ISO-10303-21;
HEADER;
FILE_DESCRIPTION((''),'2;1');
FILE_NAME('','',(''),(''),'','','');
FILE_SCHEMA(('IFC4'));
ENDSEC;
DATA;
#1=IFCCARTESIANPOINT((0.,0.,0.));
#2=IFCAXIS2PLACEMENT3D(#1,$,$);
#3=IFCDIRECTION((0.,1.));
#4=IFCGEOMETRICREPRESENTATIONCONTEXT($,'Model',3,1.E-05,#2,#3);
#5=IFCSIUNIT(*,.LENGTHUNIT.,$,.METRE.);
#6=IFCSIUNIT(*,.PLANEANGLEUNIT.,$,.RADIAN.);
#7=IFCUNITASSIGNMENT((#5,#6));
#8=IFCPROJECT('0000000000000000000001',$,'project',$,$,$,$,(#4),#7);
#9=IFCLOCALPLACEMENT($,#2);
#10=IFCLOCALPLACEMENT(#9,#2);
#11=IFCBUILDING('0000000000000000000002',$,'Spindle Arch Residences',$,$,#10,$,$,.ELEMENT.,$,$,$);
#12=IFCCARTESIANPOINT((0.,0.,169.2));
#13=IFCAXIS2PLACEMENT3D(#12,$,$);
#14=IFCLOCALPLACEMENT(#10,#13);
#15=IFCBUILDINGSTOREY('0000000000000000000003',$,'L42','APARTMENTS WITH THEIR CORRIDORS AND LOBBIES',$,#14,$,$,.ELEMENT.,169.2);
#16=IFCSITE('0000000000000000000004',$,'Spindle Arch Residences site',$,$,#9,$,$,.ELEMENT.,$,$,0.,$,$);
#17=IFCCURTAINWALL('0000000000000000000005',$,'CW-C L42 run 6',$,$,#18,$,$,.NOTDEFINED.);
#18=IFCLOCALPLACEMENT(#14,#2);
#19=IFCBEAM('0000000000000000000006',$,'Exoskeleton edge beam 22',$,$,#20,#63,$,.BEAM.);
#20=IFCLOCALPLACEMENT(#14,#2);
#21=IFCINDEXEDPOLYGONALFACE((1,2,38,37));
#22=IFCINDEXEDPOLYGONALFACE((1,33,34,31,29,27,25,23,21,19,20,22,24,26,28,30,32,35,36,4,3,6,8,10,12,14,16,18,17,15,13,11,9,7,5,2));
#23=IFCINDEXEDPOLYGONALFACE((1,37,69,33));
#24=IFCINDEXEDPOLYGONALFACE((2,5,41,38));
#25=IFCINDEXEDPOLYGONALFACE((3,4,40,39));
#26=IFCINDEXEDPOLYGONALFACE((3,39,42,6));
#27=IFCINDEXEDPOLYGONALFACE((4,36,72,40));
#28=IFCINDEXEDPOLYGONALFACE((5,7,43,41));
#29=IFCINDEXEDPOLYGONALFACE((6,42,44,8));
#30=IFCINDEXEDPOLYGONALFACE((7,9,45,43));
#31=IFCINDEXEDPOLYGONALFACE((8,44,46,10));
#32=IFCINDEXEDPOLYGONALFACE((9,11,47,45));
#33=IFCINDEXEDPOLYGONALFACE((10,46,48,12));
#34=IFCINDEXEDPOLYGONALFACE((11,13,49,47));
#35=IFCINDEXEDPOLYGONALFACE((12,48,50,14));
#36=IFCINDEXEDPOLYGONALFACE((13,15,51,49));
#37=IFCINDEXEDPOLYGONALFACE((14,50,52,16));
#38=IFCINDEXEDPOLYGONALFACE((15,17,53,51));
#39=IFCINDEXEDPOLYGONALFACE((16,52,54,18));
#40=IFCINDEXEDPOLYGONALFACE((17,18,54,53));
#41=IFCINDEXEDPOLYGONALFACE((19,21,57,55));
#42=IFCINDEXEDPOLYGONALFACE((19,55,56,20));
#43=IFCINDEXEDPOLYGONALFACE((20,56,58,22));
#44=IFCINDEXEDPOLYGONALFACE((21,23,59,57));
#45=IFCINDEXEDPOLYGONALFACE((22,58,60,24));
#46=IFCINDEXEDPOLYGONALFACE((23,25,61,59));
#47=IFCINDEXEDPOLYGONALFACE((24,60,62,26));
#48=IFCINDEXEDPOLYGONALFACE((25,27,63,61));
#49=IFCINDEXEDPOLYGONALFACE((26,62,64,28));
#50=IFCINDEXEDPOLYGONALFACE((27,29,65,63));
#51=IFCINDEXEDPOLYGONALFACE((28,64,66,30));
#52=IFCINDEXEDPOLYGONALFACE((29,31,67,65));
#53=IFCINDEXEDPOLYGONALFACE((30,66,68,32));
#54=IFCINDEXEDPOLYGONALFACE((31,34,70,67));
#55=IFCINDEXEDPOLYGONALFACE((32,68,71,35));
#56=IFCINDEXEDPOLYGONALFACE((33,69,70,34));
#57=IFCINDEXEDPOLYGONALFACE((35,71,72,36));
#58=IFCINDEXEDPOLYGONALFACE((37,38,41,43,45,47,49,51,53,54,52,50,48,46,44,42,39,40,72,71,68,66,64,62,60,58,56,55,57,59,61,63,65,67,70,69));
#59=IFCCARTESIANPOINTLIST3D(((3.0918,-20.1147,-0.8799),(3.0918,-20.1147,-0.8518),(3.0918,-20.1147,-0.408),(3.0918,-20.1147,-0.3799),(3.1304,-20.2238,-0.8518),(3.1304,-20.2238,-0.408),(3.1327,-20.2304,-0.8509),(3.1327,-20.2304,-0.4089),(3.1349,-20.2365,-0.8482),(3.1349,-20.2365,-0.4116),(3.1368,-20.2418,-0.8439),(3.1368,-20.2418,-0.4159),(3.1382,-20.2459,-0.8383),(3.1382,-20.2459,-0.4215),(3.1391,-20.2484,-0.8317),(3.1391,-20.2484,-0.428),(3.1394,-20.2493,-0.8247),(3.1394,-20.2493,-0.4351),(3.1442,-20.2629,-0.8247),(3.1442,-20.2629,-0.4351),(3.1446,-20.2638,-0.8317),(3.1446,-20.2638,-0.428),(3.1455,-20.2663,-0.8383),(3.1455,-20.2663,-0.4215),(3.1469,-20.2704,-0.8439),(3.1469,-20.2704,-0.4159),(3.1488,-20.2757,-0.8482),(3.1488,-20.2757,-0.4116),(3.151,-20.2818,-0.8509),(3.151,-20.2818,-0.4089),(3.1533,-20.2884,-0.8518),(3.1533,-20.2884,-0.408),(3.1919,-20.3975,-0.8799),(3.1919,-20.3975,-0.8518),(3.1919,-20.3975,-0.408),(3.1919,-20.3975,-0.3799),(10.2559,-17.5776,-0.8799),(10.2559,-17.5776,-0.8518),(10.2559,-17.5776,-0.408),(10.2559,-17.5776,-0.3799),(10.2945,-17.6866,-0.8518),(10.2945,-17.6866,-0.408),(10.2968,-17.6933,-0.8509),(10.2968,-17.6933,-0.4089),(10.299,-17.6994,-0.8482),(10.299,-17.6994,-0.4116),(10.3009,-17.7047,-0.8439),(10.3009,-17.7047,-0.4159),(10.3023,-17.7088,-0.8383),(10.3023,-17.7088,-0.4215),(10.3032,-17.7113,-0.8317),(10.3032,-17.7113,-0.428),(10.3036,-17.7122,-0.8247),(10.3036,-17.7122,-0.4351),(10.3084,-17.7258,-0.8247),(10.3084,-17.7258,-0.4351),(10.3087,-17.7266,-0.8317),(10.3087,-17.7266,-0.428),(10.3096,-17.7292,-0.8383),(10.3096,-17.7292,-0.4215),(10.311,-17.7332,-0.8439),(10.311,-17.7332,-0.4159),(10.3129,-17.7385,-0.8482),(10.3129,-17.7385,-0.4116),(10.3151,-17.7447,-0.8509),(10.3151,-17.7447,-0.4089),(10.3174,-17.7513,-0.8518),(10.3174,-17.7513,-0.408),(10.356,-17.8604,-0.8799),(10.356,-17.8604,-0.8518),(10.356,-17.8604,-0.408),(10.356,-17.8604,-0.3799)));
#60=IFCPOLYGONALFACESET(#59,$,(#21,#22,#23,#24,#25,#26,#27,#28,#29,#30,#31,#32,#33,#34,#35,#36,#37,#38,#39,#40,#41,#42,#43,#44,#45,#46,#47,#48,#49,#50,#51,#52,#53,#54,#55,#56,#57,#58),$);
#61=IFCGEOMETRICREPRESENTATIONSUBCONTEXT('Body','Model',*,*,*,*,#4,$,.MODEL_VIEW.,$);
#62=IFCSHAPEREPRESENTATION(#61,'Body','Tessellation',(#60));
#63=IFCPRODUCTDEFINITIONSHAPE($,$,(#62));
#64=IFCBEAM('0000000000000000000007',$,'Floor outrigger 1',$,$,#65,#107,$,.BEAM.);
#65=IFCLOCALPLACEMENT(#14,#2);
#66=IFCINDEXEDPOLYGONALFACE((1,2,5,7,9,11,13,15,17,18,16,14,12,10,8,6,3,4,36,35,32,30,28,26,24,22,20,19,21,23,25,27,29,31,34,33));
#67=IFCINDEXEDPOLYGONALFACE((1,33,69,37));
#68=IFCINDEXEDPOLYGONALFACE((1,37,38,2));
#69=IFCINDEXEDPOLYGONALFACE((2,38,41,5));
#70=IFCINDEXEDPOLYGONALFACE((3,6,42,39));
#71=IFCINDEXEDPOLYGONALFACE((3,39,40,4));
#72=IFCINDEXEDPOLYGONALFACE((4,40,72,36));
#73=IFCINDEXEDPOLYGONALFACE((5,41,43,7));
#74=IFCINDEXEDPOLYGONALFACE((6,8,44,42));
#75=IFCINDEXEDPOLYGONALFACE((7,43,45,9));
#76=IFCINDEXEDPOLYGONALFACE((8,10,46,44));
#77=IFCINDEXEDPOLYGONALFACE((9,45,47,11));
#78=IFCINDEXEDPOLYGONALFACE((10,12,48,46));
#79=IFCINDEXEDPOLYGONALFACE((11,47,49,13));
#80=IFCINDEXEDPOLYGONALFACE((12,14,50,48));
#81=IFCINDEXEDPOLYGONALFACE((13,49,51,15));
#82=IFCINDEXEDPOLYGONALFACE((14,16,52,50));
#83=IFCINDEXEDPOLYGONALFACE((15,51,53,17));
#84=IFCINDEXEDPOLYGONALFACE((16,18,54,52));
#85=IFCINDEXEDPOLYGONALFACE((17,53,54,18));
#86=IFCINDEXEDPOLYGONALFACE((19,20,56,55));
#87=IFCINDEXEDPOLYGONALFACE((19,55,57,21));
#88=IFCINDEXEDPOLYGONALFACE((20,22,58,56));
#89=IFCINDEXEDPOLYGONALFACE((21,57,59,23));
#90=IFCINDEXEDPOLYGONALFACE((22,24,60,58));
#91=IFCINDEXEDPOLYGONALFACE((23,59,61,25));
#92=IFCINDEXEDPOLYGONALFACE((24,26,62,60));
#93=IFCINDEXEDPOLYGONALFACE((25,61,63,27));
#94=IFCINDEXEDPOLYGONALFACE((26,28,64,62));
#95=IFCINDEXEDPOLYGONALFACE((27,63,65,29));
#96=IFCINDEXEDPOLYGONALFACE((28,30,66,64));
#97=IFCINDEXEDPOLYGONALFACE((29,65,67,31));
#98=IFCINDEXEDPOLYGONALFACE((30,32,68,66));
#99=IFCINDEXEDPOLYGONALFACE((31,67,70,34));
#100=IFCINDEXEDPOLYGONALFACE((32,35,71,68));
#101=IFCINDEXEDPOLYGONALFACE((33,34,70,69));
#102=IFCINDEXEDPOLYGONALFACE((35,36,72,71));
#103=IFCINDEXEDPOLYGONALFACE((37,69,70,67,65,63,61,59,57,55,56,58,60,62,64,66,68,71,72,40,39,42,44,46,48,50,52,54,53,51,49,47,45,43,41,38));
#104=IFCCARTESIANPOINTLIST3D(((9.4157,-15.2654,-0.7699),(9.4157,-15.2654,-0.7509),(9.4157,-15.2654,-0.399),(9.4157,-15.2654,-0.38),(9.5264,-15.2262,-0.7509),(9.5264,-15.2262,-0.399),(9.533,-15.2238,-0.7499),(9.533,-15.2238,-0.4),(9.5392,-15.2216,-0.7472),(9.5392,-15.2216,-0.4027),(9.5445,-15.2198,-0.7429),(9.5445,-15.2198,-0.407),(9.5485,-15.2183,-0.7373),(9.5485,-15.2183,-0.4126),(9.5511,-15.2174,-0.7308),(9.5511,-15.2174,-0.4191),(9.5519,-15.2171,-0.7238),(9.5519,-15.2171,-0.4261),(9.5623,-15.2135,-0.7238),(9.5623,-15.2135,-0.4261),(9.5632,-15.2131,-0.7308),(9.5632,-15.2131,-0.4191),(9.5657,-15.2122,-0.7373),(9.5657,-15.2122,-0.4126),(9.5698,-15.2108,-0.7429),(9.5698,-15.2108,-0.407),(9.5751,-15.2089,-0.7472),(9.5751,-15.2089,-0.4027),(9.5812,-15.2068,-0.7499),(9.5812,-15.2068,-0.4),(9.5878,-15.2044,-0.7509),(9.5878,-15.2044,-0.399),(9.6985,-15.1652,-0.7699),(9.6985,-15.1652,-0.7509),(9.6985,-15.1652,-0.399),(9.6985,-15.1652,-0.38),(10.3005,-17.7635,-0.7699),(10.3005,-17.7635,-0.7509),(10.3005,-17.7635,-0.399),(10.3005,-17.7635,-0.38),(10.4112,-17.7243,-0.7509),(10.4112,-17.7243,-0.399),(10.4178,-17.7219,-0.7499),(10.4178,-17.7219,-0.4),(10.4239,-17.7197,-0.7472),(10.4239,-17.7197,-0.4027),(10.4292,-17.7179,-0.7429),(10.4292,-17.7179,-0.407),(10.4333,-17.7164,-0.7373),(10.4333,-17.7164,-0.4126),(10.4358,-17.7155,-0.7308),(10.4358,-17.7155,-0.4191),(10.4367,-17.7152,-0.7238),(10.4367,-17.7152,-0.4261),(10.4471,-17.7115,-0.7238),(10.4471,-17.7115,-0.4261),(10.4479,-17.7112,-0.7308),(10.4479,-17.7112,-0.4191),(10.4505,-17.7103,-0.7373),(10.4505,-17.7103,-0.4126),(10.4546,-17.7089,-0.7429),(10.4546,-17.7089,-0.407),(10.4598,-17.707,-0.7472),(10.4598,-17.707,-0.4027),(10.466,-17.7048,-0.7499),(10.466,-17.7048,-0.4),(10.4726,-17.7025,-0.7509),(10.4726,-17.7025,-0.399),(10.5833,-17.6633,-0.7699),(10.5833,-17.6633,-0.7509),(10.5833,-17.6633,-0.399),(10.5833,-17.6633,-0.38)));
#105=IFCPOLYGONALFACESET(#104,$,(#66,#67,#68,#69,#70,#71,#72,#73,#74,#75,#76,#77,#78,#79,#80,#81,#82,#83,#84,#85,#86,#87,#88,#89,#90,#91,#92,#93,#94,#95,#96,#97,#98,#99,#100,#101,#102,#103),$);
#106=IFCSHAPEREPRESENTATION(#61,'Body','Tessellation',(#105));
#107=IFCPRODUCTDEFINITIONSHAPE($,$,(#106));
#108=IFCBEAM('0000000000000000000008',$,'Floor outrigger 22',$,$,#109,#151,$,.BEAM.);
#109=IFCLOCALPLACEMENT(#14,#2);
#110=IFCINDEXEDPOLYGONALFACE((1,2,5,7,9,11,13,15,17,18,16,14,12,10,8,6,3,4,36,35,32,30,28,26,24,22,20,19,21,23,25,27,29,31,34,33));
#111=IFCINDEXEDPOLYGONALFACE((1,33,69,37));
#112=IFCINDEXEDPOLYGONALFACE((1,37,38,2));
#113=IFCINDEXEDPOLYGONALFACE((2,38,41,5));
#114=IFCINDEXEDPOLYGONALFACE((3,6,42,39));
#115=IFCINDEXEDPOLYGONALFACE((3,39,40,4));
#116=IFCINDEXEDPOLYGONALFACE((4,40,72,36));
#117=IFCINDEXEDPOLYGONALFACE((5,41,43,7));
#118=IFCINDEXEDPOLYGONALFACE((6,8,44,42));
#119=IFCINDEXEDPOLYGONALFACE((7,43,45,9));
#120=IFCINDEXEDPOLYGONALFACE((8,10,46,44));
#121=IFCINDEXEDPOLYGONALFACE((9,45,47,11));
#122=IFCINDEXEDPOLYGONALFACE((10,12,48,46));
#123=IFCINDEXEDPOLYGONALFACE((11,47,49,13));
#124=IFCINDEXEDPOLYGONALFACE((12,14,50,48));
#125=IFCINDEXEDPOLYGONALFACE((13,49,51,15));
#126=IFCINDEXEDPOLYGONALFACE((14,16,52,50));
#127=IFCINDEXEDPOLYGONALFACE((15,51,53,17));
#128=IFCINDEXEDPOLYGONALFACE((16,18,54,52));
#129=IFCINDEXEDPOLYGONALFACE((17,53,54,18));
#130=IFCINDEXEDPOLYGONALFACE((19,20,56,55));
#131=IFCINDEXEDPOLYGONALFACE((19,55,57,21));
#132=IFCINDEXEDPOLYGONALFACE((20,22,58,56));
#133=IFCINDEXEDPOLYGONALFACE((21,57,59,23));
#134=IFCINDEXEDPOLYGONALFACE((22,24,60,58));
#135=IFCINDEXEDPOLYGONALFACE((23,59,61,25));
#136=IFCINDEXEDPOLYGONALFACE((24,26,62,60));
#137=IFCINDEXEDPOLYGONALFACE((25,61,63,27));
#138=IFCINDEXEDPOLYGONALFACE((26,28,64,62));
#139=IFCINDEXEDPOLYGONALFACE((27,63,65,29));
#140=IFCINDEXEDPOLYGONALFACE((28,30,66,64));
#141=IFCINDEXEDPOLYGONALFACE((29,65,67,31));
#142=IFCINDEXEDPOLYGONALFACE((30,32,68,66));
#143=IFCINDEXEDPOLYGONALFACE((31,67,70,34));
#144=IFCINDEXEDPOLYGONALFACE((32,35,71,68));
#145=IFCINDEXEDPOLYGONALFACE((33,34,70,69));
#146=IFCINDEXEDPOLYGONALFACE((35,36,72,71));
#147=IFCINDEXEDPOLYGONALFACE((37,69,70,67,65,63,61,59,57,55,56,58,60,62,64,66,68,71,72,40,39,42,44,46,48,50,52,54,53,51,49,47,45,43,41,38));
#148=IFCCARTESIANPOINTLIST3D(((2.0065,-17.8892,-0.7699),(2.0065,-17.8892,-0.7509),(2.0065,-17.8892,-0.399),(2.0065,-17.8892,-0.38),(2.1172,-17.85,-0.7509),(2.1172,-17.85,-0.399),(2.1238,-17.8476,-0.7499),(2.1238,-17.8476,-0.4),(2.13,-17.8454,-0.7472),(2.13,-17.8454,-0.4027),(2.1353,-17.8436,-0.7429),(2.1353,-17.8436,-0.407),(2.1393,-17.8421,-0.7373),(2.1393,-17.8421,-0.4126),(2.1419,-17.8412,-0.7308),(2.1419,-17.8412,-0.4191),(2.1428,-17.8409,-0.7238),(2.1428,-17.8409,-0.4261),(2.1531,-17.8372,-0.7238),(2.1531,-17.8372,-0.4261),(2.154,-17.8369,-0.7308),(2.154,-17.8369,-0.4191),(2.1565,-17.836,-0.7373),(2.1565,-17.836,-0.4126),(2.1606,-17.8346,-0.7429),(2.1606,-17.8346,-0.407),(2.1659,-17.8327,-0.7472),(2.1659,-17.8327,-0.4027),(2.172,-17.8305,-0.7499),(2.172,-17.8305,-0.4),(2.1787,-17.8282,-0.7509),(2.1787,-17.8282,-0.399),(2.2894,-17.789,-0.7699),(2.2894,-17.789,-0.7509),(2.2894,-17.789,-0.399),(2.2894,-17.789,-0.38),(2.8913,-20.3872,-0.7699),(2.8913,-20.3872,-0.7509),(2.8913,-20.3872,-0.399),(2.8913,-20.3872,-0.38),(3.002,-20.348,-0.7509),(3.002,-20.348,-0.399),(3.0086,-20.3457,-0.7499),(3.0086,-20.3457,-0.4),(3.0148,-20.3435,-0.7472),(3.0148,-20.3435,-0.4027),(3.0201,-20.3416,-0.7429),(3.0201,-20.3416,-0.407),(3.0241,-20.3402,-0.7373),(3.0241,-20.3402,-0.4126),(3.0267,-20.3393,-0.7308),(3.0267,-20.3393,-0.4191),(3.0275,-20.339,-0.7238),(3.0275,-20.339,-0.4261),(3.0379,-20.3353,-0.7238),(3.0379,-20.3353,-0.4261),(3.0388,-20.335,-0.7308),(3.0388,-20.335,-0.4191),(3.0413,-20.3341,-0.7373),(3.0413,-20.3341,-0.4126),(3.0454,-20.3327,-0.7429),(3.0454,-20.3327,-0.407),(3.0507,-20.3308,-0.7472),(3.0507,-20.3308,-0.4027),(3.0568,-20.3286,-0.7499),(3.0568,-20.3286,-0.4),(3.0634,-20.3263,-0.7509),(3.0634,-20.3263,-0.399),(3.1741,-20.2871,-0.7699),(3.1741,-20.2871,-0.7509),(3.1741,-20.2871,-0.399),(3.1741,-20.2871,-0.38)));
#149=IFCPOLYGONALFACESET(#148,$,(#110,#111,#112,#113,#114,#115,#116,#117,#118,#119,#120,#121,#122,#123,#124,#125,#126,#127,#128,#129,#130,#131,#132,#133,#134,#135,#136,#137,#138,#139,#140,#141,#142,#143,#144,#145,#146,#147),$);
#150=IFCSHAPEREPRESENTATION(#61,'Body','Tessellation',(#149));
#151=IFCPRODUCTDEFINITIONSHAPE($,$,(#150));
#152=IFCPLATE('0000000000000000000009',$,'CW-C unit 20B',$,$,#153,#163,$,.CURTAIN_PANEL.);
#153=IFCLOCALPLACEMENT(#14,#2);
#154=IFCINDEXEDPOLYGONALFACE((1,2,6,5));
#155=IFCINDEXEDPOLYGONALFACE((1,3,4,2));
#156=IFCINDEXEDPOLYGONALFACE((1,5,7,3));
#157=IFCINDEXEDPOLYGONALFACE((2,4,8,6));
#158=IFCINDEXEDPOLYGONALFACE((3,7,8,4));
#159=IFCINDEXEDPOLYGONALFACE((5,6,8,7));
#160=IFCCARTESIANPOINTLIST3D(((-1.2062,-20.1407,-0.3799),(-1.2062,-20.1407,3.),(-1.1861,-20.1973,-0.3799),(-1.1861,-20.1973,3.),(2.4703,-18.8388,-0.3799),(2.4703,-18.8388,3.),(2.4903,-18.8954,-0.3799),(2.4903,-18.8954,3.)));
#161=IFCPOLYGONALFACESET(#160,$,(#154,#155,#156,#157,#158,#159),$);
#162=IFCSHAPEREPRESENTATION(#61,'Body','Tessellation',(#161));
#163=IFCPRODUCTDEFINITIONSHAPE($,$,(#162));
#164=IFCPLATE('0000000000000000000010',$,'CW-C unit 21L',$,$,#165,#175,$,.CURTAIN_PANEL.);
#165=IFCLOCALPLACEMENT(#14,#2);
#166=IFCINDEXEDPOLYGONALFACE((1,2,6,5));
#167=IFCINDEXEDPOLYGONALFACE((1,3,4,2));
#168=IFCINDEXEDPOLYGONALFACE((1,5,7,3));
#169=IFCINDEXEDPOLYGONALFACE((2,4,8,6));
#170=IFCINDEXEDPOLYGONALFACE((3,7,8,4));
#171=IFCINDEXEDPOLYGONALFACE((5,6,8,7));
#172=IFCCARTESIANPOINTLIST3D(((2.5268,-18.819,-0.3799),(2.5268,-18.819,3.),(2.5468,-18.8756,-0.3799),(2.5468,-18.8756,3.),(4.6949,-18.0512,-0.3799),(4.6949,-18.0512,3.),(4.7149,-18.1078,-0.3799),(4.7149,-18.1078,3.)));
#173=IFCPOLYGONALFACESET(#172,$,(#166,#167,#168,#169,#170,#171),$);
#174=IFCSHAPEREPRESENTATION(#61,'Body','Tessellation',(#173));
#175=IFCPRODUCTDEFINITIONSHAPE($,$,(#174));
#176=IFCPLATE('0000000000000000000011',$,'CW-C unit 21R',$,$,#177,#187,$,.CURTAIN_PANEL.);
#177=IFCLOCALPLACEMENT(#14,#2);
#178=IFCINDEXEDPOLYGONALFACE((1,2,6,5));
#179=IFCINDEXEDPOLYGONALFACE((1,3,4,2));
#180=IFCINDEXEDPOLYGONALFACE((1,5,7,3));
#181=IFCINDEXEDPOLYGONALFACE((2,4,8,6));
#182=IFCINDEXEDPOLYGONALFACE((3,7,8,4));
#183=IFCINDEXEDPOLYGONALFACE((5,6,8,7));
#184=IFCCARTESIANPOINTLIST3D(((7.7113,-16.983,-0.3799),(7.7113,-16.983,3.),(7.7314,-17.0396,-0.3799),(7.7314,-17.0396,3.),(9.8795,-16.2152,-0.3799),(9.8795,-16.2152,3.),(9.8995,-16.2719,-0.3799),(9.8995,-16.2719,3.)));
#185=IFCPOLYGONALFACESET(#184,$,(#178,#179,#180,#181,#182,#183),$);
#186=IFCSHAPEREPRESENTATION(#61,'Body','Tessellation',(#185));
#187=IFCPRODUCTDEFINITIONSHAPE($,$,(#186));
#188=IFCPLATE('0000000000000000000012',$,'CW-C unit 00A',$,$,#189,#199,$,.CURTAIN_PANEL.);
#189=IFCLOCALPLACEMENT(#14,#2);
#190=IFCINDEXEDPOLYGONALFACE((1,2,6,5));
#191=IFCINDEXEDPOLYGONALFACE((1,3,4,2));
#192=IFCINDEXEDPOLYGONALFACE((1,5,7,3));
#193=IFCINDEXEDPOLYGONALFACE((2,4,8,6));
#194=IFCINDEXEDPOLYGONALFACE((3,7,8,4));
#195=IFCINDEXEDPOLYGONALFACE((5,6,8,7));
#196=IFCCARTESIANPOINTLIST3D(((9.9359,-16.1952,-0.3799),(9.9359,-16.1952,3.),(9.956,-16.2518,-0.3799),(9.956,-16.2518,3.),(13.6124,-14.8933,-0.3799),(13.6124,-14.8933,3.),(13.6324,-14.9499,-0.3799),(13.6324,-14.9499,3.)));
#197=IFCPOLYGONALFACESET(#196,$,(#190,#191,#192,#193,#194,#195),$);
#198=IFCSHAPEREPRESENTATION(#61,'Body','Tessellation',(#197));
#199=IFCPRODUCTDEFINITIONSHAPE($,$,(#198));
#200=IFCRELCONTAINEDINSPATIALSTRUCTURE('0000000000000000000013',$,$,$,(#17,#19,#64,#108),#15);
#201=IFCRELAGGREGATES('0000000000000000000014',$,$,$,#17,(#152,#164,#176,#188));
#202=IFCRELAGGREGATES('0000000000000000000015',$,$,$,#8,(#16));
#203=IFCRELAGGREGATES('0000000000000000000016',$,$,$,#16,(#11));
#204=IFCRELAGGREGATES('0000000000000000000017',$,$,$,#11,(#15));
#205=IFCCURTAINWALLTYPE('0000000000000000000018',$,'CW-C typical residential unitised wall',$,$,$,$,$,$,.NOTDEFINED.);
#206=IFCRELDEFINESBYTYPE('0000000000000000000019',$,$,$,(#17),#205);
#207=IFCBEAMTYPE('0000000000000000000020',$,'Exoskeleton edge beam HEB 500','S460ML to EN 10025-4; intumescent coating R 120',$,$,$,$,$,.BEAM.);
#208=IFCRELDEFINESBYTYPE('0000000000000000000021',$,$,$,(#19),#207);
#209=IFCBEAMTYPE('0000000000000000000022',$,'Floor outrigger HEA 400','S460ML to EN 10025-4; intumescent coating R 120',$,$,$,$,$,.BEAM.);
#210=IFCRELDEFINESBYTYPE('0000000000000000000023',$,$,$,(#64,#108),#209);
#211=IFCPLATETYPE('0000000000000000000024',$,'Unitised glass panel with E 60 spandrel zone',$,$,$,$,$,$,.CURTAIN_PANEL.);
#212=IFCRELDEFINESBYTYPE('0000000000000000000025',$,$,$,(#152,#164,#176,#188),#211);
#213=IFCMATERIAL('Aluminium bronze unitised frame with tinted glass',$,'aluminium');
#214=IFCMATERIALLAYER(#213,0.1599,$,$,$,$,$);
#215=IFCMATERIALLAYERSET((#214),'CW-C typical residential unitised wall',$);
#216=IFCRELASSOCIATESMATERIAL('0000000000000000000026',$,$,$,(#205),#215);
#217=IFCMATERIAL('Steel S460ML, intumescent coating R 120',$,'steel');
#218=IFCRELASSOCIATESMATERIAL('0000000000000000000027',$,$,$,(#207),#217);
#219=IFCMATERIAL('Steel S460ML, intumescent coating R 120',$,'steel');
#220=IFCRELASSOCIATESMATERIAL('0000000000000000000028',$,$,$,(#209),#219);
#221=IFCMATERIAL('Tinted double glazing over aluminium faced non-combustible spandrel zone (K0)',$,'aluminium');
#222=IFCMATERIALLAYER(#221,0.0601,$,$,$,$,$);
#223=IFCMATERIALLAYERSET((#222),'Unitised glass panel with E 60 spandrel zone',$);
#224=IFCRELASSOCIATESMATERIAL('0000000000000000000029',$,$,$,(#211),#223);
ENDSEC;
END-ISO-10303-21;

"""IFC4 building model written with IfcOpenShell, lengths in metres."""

from ifc_helpers import new_model, si_unit, direction, frame, origin, origin_2d, place, context, subcontext, project, spatial, rectangle, i_section, extrude, material, layer, layer_set, material_profile, profile_set, type_object, element, aggregate, save


model = new_model("IFC4")

# Units and contexts
model_context = context("Model", 3, precision=1e-05, world=origin(), true_north=direction((0.0, 1.0)))
body_context = subcontext(model_context, "Body", "Model", "MODEL_VIEW")
ifc_project = project(units=[si_unit("LENGTHUNIT", "METRE"), si_unit("PLANEANGLEUNIT", "RADIAN")], contexts=[model_context])

# Site, building, storey
site_placement = place(None, origin())
site = spatial("IfcSite", under=ifc_project, at=site_placement, Name="Spindle Arch Residences site", CompositionType="ELEMENT", RefElevation=0.0)
building_placement = place(site_placement, origin())
building = spatial("IfcBuilding", under=site, at=building_placement, Name="Spindle Arch Residences", CompositionType="ELEMENT")
storey_placement = place(building_placement, frame((0.0, 0.0, 169.2)))
storey = spatial("IfcBuildingStorey", under=building, at=storey_placement, Name="L42", Description="APARTMENTS WITH THEIR CORRIDORS AND LOBBIES", CompositionType="ELEMENT", Elevation=169.2)

# Curtain wall
ifc_material_1 = material(Name="Aluminium bronze unitised frame with tinted glass", Category="aluminium")
ifc_layer_1 = layer(ifc_material_1, 0.1599)
ifc_layer_set_1 = layer_set([ifc_layer_1], Name="CW-C typical residential unitised wall")
curtain_wall_type = type_object("IfcCurtainWallType", Name="CW-C typical residential unitised wall", PredefinedType="NOTDEFINED", material=ifc_layer_set_1)
curtain_wall_placement = place(storey_placement, origin())
curtain_wall = element("IfcCurtainWall", 1, at=curtain_wall_placement, inside=storey, type_object=curtain_wall_type, Name="CW-C L42 run 6", PredefinedType="NOTDEFINED")

# Beams
ifc_material_2 = material(Name="Steel S460ML, intumescent coating R 120", Category="steel")
ifc_material_profile_1 = material_profile(ifc_material_2, i_section(OverallWidth=0.3, OverallDepth=0.5, WebThickness=0.0144, FlangeThickness=0.0281, FilletRadius=0.0271, at=origin_2d()), Name="HEB 500")
ifc_profile_set_1 = profile_set([ifc_material_profile_1], Name="Steel S460ML, intumescent coating R 120")
beam_type_1 = type_object("IfcBeamType", Name="Exoskeleton edge beam HEB 500", Description="S460ML to EN 10025-4; intumescent coating R 120", PredefinedType="BEAM", material=ifc_profile_set_1)
for number, where, z_axis, x_axis, name in (
    (2, (3.1418, -20.2561, -0.6299), (0.942634, 0.333828, 0.0), (-0.333828, 0.942634, 0.0), "Exoskeleton edge beam 22"),
):
    element("IfcBeam", number, at=place(storey_placement, frame(where, z_axis=z_axis, x_axis=x_axis)), inside=storey, type_object=beam_type_1, Name=name, PredefinedType="BEAM", context=body_context, shape_type="SweptSolid", body=[
        extrude(i_section(OverallWidth=0.3, OverallDepth=0.5, WebThickness=0.0144, FlangeThickness=0.0281, FilletRadius=0.0271, at=origin_2d()), origin(), (0.0, 0.0, 1.0), 7.6001),
    ])
ifc_material_3 = material(Name="Steel S460ML, intumescent coating R 120", Category="steel")
ifc_material_profile_2 = material_profile(ifc_material_3, i_section(OverallWidth=0.3, OverallDepth=0.3899, WebThickness=0.011, FlangeThickness=0.019, FilletRadius=0.0271, at=origin_2d()), Name="HEA 400")
ifc_profile_set_2 = profile_set([ifc_material_profile_2], Name="Steel S460ML, intumescent coating R 120")
beam_type_2 = type_object("IfcBeamType", Name="Floor outrigger HEA 400", Description="S460ML to EN 10025-4; intumescent coating R 120", PredefinedType="BEAM", material=ifc_profile_set_2)
for number, where, z_axis, x_axis, name in (
    (3, (10.4419, -17.7134, -0.575), (-0.333861, 0.942622, 0.0), (-0.942622, -0.333861, 0.0), "Floor outrigger 1"),
    (4, (3.0327, -20.3372, -0.575), (-0.333861, 0.942622, 0.0), (-0.942622, -0.333861, 0.0), "Floor outrigger 22"),
):
    element("IfcBeam", number, at=place(storey_placement, frame(where, z_axis=z_axis, x_axis=x_axis)), inside=storey, type_object=beam_type_2, Name=name, PredefinedType="BEAM", context=body_context, shape_type="SweptSolid", body=[
        extrude(i_section(OverallWidth=0.3, OverallDepth=0.3899, WebThickness=0.011, FlangeThickness=0.019, FilletRadius=0.0271, at=origin_2d()), origin(), (0.0, 0.0, 1.0), 2.6501),
    ])

# Plates
ifc_material_4 = material(Name="Tinted double glazing over aluminium faced non-combustible spandrel zone (K0)", Category="aluminium")
ifc_layer_2 = layer(ifc_material_4, 0.0601)
ifc_layer_set_2 = layer_set([ifc_layer_2], Name="Unitised glass panel with E 60 spandrel zone")
plate_type = type_object("IfcPlateType", Name="Unitised glass panel with E 60 spandrel zone", PredefinedType="CURTAIN_PANEL", material=ifc_layer_set_2)
plate_1_placement = place(storey_placement, frame((0.6421, -19.5181, -0.3799), z_axis=(0.0, 0.0, 1.0), x_axis=(0.942641, 0.333807, 0.0)))
plate_1 = element("IfcPlate", 5, at=plate_1_placement, type_object=plate_type, Name="CW-C unit 20B", PredefinedType="CURTAIN_PANEL", context=body_context, shape_type="SweptSolid", body=[
    extrude(rectangle(XDim=3.9001, YDim=0.0601, at=origin_2d()), origin(), (0.0, 0.0, 1.0), 3.3799),
])
plate_2_placement = place(storey_placement, frame((3.6208, -18.4634, -0.3799), z_axis=(0.0, 0.0, 1.0), x_axis=(0.942641, 0.333807, 0.0)))
plate_2 = element("IfcPlate", 6, at=plate_2_placement, type_object=plate_type, Name="CW-C unit 21L", PredefinedType="CURTAIN_PANEL", context=body_context, shape_type="SweptSolid", body=[
    extrude(rectangle(XDim=2.3, YDim=0.0601, at=origin_2d()), origin(), (0.0, 0.0, 1.0), 3.3799),
])
plate_3_placement = place(storey_placement, frame((8.8054, -16.6274, -0.3799), z_axis=(0.0, 0.0, 1.0), x_axis=(0.942641, 0.333807, 0.0)))
plate_3 = element("IfcPlate", 7, at=plate_3_placement, type_object=plate_type, Name="CW-C unit 21R", PredefinedType="CURTAIN_PANEL", context=body_context, shape_type="SweptSolid", body=[
    extrude(rectangle(XDim=2.3, YDim=0.0601, at=origin_2d()), origin(), (0.0, 0.0, 1.0), 3.3799),
])
plate_4_placement = place(storey_placement, frame((11.7842, -15.5725, -0.3799), z_axis=(0.0, 0.0, 1.0), x_axis=(0.942641, 0.333807, 0.0)))
plate_4 = element("IfcPlate", 8, at=plate_4_placement, type_object=plate_type, Name="CW-C unit 00A", PredefinedType="CURTAIN_PANEL", context=body_context, shape_type="SweptSolid", body=[
    extrude(rectangle(XDim=3.9001, YDim=0.0601, at=origin_2d()), origin(), (0.0, 0.0, 1.0), 3.3799),
])
aggregate(curtain_wall, [plate_1, plate_2, plate_3, plate_4])

save(model, "model.ifc")
